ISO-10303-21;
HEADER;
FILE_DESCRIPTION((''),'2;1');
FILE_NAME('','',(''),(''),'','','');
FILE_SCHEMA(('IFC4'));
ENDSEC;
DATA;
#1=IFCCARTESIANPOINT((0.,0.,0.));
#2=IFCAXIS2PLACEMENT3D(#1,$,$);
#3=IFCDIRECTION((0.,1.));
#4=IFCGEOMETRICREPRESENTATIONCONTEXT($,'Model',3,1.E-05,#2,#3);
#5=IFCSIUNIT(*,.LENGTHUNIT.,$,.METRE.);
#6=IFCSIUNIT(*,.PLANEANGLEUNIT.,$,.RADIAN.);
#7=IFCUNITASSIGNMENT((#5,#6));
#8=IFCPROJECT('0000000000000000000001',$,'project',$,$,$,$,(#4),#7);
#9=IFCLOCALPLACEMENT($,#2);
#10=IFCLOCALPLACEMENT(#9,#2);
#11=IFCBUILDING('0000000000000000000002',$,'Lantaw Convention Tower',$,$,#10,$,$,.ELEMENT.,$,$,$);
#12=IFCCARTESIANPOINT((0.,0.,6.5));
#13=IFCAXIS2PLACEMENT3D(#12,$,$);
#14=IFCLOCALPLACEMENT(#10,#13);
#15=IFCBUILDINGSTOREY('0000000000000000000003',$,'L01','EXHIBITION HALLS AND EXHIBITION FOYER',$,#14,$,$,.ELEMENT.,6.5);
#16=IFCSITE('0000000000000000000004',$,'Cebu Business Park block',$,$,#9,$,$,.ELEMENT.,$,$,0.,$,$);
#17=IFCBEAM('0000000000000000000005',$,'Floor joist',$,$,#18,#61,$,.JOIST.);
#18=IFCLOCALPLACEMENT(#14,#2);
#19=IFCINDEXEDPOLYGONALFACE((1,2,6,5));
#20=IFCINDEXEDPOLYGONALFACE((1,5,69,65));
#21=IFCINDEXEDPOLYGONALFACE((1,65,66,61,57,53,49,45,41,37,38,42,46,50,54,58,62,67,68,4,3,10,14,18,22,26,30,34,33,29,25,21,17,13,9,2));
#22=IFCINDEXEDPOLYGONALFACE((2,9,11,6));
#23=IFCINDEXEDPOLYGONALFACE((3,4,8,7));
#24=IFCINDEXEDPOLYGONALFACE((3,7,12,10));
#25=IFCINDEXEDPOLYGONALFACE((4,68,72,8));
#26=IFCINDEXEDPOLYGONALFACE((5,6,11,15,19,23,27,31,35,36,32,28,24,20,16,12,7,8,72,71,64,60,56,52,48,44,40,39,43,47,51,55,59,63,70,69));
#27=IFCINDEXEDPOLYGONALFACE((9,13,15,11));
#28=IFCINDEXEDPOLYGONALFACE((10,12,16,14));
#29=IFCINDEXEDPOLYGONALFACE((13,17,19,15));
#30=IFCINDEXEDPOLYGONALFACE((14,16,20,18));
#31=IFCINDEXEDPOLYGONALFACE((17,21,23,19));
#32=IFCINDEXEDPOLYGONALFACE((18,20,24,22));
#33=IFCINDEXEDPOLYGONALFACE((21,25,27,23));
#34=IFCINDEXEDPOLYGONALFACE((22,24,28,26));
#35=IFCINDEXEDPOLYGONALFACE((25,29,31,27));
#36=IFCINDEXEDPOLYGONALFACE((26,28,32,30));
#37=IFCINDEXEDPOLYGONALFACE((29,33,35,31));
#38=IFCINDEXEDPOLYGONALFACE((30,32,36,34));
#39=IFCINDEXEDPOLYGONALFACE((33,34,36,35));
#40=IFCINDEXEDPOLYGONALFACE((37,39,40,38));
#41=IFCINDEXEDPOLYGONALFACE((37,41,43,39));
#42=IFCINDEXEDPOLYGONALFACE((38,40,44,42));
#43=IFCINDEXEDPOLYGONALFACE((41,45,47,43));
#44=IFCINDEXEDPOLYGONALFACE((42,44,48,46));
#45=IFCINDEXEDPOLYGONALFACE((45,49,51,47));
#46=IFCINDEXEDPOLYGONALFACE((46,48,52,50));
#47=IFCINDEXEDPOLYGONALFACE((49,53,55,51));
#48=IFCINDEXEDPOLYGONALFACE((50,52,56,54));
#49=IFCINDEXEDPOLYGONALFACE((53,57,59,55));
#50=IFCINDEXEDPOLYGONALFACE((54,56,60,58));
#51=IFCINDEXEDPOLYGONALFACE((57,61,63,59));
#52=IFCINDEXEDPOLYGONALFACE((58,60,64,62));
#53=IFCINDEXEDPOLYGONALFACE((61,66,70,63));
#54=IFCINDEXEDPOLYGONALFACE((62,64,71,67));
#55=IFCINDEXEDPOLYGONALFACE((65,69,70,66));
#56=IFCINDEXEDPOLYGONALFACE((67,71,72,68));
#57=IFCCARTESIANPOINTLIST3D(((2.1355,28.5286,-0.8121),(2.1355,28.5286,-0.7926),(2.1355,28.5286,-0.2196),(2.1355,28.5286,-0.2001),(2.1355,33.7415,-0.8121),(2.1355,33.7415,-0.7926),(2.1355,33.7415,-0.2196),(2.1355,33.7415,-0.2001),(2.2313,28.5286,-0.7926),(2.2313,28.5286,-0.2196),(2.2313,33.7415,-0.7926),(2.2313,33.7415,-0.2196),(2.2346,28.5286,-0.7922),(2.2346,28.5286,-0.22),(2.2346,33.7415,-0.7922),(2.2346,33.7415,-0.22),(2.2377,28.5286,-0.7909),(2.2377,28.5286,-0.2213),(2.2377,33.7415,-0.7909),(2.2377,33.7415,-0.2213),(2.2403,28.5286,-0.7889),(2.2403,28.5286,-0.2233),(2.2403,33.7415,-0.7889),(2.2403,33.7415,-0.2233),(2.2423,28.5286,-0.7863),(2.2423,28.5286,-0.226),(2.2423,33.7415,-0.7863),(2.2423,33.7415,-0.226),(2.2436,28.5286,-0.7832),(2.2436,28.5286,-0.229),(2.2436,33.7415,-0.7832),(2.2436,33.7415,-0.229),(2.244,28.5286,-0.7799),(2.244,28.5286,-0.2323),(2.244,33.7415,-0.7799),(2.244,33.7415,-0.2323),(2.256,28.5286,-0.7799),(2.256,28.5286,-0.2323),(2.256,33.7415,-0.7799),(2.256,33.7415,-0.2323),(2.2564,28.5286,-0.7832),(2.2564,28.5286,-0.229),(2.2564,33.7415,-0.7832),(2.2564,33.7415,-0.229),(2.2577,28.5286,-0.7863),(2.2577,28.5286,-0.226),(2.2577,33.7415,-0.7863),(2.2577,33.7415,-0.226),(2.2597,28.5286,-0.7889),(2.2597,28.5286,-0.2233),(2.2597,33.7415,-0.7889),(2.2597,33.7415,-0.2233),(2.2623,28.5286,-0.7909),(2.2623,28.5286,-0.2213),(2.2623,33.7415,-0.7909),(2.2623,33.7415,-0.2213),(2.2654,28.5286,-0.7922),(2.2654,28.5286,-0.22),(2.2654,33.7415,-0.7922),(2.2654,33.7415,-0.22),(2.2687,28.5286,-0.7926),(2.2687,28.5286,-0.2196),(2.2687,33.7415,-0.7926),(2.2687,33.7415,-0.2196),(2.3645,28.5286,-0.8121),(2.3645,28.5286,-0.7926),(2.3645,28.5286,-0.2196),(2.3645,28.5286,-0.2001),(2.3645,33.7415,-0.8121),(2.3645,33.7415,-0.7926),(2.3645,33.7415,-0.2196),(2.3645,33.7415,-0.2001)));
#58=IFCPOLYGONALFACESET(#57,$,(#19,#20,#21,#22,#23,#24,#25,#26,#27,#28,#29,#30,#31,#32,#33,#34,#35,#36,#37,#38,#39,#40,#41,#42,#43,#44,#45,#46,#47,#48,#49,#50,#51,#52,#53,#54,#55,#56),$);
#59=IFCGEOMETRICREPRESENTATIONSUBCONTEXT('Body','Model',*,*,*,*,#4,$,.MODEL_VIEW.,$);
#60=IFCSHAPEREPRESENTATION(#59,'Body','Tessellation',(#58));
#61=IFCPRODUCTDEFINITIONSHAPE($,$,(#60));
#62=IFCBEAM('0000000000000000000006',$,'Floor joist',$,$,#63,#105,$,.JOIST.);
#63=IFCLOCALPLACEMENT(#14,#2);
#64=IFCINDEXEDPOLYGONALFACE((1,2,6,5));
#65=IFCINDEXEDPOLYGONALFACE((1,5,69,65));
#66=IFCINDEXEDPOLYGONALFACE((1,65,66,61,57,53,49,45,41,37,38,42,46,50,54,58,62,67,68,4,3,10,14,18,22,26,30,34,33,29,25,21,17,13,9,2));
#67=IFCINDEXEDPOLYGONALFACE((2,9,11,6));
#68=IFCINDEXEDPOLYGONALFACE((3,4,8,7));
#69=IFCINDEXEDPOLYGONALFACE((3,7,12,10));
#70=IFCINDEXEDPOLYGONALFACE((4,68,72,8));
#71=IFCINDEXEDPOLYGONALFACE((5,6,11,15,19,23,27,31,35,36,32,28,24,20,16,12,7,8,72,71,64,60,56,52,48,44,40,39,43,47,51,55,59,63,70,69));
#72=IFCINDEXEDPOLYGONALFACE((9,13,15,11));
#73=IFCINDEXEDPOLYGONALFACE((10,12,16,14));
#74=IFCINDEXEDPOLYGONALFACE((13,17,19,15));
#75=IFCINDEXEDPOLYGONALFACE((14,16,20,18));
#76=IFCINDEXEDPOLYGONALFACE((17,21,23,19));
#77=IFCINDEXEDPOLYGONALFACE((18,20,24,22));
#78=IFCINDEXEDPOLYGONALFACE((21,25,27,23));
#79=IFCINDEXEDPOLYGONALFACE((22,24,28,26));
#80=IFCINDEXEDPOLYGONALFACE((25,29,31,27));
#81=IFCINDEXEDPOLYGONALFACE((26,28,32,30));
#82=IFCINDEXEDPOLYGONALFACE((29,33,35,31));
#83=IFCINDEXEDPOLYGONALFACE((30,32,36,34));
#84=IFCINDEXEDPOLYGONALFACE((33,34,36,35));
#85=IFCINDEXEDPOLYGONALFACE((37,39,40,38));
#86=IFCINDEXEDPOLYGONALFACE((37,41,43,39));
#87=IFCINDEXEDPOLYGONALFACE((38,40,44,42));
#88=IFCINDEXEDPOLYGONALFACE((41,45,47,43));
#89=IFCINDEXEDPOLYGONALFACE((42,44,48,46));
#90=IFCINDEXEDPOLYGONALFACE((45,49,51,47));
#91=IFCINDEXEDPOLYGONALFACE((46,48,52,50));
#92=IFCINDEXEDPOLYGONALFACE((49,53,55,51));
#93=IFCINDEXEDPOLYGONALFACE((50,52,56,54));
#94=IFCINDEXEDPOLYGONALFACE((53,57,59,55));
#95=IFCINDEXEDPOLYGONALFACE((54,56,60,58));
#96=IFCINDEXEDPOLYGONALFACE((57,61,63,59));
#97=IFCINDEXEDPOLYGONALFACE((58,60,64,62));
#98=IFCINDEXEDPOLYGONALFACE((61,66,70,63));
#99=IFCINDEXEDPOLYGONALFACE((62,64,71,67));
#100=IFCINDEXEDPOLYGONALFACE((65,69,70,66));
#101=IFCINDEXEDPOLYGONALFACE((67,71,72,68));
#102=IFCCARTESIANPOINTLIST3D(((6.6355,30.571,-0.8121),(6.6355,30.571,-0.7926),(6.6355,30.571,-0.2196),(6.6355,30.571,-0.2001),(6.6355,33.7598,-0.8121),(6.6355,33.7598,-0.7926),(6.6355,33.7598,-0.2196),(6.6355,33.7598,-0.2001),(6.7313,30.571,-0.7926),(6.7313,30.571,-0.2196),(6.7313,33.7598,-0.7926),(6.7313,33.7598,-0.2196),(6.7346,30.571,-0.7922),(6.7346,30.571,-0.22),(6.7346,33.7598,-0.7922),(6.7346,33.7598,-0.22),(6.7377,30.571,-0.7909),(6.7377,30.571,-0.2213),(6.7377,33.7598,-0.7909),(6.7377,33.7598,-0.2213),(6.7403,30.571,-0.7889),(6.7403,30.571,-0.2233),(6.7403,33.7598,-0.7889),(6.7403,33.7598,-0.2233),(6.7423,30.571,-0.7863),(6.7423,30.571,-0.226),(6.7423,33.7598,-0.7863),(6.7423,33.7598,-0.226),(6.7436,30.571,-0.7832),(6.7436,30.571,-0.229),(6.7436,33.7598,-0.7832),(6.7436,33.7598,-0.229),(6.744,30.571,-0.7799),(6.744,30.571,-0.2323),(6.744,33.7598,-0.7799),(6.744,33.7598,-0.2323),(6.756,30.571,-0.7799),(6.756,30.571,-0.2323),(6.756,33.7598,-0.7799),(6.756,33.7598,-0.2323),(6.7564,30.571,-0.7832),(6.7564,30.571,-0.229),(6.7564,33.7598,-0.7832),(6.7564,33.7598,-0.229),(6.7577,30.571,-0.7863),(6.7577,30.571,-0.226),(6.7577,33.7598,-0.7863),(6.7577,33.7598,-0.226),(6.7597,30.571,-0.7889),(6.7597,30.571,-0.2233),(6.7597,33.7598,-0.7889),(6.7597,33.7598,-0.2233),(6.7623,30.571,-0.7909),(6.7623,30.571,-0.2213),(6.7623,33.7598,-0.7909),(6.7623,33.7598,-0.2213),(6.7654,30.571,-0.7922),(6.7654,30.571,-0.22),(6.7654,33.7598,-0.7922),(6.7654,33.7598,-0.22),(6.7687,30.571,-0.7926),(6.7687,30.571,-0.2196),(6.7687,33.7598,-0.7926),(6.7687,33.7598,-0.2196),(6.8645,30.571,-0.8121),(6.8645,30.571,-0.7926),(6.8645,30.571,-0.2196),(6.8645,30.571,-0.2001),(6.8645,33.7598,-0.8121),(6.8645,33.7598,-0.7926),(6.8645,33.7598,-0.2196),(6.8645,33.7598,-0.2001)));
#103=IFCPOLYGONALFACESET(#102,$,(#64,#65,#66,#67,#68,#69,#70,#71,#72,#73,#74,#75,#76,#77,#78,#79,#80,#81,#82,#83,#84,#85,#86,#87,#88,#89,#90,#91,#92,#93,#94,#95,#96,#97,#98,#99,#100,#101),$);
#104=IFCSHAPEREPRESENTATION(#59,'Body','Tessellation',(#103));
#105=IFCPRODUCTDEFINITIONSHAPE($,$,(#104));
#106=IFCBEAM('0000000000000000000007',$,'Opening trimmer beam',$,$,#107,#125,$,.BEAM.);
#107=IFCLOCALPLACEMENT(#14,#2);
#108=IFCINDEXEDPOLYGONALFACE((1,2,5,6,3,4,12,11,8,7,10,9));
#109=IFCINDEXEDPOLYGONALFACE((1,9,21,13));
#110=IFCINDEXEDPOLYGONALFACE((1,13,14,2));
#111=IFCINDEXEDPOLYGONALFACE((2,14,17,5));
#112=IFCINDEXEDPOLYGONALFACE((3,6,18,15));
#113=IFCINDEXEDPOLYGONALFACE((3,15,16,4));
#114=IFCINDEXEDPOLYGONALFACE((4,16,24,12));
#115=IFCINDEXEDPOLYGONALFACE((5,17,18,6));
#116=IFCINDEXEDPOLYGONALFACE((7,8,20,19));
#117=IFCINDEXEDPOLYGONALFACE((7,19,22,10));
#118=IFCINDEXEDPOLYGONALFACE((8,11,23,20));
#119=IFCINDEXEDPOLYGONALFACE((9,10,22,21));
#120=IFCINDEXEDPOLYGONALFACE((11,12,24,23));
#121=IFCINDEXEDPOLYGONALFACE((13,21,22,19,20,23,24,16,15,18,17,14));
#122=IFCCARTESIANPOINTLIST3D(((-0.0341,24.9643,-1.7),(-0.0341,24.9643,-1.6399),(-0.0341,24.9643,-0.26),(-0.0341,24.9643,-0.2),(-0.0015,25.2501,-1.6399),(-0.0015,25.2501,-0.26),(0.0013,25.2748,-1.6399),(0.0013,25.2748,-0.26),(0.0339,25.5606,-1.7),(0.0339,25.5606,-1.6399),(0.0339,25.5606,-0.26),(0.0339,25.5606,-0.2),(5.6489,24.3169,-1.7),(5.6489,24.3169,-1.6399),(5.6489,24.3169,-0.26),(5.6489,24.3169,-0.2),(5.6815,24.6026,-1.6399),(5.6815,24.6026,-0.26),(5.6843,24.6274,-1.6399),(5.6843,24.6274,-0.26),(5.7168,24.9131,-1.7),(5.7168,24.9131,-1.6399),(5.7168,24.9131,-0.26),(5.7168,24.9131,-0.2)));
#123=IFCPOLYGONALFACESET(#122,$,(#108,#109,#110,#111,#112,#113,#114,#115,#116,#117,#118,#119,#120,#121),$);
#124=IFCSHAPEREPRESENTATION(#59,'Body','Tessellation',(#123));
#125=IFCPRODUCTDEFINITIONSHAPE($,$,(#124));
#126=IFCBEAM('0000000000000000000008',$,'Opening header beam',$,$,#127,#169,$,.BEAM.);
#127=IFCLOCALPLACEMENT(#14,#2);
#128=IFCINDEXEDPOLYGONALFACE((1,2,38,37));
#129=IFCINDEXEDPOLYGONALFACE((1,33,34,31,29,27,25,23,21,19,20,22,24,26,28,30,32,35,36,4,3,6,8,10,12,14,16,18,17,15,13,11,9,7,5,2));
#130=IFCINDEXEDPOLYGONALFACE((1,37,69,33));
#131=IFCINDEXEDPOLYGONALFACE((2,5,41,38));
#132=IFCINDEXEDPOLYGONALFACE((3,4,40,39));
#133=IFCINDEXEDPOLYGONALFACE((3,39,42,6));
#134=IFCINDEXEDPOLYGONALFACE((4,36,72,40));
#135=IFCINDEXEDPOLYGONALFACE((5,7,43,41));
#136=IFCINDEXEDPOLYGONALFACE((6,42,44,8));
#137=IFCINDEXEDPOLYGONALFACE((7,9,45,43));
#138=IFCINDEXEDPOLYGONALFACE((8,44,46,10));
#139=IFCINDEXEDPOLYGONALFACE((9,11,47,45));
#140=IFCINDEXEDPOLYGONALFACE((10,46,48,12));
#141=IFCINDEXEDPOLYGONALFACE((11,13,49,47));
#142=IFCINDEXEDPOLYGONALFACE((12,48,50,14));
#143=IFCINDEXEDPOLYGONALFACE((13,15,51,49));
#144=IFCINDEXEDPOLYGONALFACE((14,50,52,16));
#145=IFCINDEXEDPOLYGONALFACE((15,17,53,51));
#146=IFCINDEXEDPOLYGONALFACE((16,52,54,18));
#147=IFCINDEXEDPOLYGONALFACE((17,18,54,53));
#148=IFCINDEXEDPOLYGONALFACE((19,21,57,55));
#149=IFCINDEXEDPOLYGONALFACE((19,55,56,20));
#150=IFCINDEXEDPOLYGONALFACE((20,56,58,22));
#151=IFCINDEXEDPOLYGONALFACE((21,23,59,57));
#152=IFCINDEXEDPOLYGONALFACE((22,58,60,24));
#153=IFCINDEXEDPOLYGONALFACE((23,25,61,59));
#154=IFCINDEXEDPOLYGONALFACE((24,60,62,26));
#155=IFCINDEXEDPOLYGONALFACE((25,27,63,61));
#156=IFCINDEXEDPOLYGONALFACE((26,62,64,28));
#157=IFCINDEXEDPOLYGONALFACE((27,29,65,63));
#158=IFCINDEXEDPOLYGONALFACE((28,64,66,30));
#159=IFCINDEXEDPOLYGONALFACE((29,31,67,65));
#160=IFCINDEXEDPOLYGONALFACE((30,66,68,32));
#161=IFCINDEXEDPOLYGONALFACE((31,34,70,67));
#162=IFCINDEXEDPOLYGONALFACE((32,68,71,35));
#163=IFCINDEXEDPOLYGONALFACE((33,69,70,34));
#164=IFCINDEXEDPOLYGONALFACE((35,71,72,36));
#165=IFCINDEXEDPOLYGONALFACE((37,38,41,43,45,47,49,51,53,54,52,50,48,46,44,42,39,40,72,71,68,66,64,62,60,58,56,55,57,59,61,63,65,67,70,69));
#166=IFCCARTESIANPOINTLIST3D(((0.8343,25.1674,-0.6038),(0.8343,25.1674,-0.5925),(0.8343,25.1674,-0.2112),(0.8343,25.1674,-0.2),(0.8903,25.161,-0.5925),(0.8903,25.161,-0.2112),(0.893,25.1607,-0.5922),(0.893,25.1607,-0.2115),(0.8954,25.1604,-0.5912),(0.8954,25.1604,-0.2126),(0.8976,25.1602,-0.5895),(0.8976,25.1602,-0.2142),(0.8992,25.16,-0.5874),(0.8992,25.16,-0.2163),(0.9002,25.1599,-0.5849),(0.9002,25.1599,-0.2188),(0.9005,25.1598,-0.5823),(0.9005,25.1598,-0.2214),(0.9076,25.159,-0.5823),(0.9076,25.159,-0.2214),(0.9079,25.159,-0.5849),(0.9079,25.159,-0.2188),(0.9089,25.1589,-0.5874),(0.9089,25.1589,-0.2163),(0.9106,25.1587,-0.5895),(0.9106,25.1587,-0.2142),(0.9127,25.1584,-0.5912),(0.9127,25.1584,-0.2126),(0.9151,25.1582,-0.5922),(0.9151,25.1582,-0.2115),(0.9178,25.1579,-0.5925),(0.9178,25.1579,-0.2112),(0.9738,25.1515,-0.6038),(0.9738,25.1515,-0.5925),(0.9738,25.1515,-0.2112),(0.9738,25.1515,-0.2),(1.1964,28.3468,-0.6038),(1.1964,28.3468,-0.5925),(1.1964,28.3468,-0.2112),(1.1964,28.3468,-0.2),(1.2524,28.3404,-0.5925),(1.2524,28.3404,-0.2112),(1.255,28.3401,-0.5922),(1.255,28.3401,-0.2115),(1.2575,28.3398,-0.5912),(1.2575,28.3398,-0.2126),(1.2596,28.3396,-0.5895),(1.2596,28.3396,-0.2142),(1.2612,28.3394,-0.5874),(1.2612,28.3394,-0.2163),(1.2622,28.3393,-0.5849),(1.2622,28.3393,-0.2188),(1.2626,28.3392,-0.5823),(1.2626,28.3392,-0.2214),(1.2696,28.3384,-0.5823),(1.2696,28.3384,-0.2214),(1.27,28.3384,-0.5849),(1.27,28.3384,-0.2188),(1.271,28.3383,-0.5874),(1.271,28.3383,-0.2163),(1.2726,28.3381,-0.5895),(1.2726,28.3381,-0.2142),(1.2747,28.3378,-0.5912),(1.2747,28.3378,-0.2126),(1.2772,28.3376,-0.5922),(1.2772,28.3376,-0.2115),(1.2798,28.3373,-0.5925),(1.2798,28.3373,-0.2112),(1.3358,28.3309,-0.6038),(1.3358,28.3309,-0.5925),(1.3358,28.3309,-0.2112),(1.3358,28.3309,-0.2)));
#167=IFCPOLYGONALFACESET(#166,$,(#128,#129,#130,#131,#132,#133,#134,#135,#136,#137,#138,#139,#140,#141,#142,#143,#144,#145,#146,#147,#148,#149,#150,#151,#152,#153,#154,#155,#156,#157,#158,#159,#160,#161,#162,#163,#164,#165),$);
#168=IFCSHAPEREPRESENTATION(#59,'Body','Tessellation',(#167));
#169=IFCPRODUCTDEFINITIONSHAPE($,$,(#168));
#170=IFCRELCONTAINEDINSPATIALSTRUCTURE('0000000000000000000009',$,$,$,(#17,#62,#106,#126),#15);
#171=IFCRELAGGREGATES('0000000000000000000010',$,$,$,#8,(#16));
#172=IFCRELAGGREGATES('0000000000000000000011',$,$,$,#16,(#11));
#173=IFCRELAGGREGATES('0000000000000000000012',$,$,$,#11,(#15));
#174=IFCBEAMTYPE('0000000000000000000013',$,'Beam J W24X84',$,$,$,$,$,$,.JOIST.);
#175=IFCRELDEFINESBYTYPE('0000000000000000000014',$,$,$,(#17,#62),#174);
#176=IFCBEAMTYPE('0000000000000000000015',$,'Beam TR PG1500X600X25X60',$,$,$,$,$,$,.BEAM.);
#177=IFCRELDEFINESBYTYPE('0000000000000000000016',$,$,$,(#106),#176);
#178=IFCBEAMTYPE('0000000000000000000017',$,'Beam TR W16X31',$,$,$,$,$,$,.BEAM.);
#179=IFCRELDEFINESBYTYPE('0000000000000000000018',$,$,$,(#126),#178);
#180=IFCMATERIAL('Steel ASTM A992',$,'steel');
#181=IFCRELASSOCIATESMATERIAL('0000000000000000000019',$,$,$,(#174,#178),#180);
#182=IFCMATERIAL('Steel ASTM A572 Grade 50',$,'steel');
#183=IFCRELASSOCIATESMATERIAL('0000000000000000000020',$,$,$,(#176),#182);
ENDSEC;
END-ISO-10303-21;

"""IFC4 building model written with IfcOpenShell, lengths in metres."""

from ifc_helpers import new_model, si_unit, direction, frame, origin, origin_2d, place, context, subcontext, project, spatial, i_section, extrude, material, material_profile, profile_set, type_object, element, save


model = new_model("IFC4")

# Units and contexts
model_context = context("Model", 3, precision=1e-05, world=origin(), true_north=direction((0.0, 1.0)))
body_context = subcontext(model_context, "Body", "Model", "MODEL_VIEW")
ifc_project = project(units=[si_unit("LENGTHUNIT", "METRE"), si_unit("PLANEANGLEUNIT", "RADIAN")], contexts=[model_context])

# Site, building, storey
site_placement = place(None, origin())
site = spatial("IfcSite", under=ifc_project, at=site_placement, Name="Cebu Business Park block", CompositionType="ELEMENT", RefElevation=0.0)
building_placement = place(site_placement, origin())
building = spatial("IfcBuilding", under=site, at=building_placement, Name="Lantaw Convention Tower", CompositionType="ELEMENT")
storey_placement = place(building_placement, frame((0.0, 0.0, 6.5)))
storey = spatial("IfcBuildingStorey", under=building, at=storey_placement, Name="L01", Description="EXHIBITION HALLS AND EXHIBITION FOYER", CompositionType="ELEMENT", Elevation=6.5)

# Shared definitions
ifc_material_1 = material(Name="Steel ASTM A572 Grade 50", Category="steel")

# Beams
ifc_material_2 = material(Name="Steel ASTM A992", Category="steel")
ifc_material_profile_1 = material_profile(ifc_material_2, i_section(OverallWidth=0.229, OverallDepth=0.6121, WebThickness=0.012, FlangeThickness=0.0195, FilletRadius=0.0127, at=origin_2d()), Name="W24X84")
ifc_profile_set_1 = profile_set([ifc_material_profile_1], Name="Steel ASTM A992")
beam_type_1 = type_object("IfcBeamType", Name="Beam J W24X84", PredefinedType="JOIST", material=ifc_profile_set_1)
beam_1_placement = place(storey_placement, frame((2.25, 28.5286, -0.5061), z_axis=(0.0, 1.0, 0.0), x_axis=(-1.0, 0.0, 0.0)))
element("IfcBeam", 1, at=beam_1_placement, inside=storey, type_object=beam_type_1, Name="Floor joist", PredefinedType="JOIST", context=body_context, shape_type="SweptSolid", body=[
    extrude(i_section(OverallWidth=0.229, OverallDepth=0.6121, WebThickness=0.012, FlangeThickness=0.0195, FilletRadius=0.0127, at=origin_2d()), origin(), (0.0, 0.0, 1.0), 5.2129),
])
beam_2_placement = place(storey_placement, frame((6.75, 30.571, -0.5061), z_axis=(0.0, 1.0, 0.0), x_axis=(-1.0, 0.0, 0.0)))
element("IfcBeam", 2, at=beam_2_placement, inside=storey, type_object=beam_type_1, Name="Floor joist", PredefinedType="JOIST", context=body_context, shape_type="SweptSolid", body=[
    extrude(i_section(OverallWidth=0.229, OverallDepth=0.6121, WebThickness=0.012, FlangeThickness=0.0195, FilletRadius=0.0127, at=origin_2d()), origin(), (0.0, 0.0, 1.0), 3.1887),
])
ifc_material_profile_2 = material_profile(ifc_material_1, i_section(OverallWidth=0.6001, OverallDepth=1.5, WebThickness=0.0249, FlangeThickness=0.0601, at=origin_2d()), Name="PG1500X600X25X60")
ifc_profile_set_2 = profile_set([ifc_material_profile_2], Name="Steel ASTM A572 Grade 50")
beam_type_2 = type_object("IfcBeamType", Name="Beam TR PG1500X600X25X60", PredefinedType="BEAM", material=ifc_profile_set_2)
beam_3_placement = place(storey_placement, frame((5.6829, 24.615, -0.95), z_axis=(-0.993572, 0.1132, 0.0), x_axis=(-0.1132, -0.993572, 0.0)))
element("IfcBeam", 3, at=beam_3_placement, inside=storey, type_object=beam_type_2, Name="Opening trimmer beam", PredefinedType="BEAM", context=body_context, shape_type="SweptSolid", body=[
    extrude(i_section(OverallWidth=0.6001, OverallDepth=1.5, WebThickness=0.0249, FlangeThickness=0.0601, at=origin_2d()), origin(), (0.0, 0.0, 1.0), 5.7197),
])
ifc_material_profile_3 = material_profile(ifc_material_2, i_section(OverallWidth=0.1404, OverallDepth=0.4038, WebThickness=0.0071, FlangeThickness=0.0112, FilletRadius=0.0103, at=origin_2d()), Name="W16X31")
ifc_profile_set_3 = profile_set([ifc_material_profile_3], Name="Steel ASTM A992")
beam_type_3 = type_object("IfcBeamType", Name="Beam TR W16X31", PredefinedType="BEAM", material=ifc_profile_set_3)
beam_4_placement = place(storey_placement, frame((0.9041, 25.1594, -0.4019), z_axis=(0.113144, 0.993579, 0.0), x_axis=(-0.993579, 0.113144, 0.0)))
element("IfcBeam", 4, at=beam_4_placement, inside=storey, type_object=beam_type_3, Name="Opening header beam", PredefinedType="BEAM", context=body_context, shape_type="SweptSolid", body=[
    extrude(i_section(OverallWidth=0.1404, OverallDepth=0.4038, WebThickness=0.0071, FlangeThickness=0.0112, FilletRadius=0.0103, at=origin_2d()), origin(), (0.0, 0.0, 1.0), 3.2),
])

save(model, "model.ifc")
